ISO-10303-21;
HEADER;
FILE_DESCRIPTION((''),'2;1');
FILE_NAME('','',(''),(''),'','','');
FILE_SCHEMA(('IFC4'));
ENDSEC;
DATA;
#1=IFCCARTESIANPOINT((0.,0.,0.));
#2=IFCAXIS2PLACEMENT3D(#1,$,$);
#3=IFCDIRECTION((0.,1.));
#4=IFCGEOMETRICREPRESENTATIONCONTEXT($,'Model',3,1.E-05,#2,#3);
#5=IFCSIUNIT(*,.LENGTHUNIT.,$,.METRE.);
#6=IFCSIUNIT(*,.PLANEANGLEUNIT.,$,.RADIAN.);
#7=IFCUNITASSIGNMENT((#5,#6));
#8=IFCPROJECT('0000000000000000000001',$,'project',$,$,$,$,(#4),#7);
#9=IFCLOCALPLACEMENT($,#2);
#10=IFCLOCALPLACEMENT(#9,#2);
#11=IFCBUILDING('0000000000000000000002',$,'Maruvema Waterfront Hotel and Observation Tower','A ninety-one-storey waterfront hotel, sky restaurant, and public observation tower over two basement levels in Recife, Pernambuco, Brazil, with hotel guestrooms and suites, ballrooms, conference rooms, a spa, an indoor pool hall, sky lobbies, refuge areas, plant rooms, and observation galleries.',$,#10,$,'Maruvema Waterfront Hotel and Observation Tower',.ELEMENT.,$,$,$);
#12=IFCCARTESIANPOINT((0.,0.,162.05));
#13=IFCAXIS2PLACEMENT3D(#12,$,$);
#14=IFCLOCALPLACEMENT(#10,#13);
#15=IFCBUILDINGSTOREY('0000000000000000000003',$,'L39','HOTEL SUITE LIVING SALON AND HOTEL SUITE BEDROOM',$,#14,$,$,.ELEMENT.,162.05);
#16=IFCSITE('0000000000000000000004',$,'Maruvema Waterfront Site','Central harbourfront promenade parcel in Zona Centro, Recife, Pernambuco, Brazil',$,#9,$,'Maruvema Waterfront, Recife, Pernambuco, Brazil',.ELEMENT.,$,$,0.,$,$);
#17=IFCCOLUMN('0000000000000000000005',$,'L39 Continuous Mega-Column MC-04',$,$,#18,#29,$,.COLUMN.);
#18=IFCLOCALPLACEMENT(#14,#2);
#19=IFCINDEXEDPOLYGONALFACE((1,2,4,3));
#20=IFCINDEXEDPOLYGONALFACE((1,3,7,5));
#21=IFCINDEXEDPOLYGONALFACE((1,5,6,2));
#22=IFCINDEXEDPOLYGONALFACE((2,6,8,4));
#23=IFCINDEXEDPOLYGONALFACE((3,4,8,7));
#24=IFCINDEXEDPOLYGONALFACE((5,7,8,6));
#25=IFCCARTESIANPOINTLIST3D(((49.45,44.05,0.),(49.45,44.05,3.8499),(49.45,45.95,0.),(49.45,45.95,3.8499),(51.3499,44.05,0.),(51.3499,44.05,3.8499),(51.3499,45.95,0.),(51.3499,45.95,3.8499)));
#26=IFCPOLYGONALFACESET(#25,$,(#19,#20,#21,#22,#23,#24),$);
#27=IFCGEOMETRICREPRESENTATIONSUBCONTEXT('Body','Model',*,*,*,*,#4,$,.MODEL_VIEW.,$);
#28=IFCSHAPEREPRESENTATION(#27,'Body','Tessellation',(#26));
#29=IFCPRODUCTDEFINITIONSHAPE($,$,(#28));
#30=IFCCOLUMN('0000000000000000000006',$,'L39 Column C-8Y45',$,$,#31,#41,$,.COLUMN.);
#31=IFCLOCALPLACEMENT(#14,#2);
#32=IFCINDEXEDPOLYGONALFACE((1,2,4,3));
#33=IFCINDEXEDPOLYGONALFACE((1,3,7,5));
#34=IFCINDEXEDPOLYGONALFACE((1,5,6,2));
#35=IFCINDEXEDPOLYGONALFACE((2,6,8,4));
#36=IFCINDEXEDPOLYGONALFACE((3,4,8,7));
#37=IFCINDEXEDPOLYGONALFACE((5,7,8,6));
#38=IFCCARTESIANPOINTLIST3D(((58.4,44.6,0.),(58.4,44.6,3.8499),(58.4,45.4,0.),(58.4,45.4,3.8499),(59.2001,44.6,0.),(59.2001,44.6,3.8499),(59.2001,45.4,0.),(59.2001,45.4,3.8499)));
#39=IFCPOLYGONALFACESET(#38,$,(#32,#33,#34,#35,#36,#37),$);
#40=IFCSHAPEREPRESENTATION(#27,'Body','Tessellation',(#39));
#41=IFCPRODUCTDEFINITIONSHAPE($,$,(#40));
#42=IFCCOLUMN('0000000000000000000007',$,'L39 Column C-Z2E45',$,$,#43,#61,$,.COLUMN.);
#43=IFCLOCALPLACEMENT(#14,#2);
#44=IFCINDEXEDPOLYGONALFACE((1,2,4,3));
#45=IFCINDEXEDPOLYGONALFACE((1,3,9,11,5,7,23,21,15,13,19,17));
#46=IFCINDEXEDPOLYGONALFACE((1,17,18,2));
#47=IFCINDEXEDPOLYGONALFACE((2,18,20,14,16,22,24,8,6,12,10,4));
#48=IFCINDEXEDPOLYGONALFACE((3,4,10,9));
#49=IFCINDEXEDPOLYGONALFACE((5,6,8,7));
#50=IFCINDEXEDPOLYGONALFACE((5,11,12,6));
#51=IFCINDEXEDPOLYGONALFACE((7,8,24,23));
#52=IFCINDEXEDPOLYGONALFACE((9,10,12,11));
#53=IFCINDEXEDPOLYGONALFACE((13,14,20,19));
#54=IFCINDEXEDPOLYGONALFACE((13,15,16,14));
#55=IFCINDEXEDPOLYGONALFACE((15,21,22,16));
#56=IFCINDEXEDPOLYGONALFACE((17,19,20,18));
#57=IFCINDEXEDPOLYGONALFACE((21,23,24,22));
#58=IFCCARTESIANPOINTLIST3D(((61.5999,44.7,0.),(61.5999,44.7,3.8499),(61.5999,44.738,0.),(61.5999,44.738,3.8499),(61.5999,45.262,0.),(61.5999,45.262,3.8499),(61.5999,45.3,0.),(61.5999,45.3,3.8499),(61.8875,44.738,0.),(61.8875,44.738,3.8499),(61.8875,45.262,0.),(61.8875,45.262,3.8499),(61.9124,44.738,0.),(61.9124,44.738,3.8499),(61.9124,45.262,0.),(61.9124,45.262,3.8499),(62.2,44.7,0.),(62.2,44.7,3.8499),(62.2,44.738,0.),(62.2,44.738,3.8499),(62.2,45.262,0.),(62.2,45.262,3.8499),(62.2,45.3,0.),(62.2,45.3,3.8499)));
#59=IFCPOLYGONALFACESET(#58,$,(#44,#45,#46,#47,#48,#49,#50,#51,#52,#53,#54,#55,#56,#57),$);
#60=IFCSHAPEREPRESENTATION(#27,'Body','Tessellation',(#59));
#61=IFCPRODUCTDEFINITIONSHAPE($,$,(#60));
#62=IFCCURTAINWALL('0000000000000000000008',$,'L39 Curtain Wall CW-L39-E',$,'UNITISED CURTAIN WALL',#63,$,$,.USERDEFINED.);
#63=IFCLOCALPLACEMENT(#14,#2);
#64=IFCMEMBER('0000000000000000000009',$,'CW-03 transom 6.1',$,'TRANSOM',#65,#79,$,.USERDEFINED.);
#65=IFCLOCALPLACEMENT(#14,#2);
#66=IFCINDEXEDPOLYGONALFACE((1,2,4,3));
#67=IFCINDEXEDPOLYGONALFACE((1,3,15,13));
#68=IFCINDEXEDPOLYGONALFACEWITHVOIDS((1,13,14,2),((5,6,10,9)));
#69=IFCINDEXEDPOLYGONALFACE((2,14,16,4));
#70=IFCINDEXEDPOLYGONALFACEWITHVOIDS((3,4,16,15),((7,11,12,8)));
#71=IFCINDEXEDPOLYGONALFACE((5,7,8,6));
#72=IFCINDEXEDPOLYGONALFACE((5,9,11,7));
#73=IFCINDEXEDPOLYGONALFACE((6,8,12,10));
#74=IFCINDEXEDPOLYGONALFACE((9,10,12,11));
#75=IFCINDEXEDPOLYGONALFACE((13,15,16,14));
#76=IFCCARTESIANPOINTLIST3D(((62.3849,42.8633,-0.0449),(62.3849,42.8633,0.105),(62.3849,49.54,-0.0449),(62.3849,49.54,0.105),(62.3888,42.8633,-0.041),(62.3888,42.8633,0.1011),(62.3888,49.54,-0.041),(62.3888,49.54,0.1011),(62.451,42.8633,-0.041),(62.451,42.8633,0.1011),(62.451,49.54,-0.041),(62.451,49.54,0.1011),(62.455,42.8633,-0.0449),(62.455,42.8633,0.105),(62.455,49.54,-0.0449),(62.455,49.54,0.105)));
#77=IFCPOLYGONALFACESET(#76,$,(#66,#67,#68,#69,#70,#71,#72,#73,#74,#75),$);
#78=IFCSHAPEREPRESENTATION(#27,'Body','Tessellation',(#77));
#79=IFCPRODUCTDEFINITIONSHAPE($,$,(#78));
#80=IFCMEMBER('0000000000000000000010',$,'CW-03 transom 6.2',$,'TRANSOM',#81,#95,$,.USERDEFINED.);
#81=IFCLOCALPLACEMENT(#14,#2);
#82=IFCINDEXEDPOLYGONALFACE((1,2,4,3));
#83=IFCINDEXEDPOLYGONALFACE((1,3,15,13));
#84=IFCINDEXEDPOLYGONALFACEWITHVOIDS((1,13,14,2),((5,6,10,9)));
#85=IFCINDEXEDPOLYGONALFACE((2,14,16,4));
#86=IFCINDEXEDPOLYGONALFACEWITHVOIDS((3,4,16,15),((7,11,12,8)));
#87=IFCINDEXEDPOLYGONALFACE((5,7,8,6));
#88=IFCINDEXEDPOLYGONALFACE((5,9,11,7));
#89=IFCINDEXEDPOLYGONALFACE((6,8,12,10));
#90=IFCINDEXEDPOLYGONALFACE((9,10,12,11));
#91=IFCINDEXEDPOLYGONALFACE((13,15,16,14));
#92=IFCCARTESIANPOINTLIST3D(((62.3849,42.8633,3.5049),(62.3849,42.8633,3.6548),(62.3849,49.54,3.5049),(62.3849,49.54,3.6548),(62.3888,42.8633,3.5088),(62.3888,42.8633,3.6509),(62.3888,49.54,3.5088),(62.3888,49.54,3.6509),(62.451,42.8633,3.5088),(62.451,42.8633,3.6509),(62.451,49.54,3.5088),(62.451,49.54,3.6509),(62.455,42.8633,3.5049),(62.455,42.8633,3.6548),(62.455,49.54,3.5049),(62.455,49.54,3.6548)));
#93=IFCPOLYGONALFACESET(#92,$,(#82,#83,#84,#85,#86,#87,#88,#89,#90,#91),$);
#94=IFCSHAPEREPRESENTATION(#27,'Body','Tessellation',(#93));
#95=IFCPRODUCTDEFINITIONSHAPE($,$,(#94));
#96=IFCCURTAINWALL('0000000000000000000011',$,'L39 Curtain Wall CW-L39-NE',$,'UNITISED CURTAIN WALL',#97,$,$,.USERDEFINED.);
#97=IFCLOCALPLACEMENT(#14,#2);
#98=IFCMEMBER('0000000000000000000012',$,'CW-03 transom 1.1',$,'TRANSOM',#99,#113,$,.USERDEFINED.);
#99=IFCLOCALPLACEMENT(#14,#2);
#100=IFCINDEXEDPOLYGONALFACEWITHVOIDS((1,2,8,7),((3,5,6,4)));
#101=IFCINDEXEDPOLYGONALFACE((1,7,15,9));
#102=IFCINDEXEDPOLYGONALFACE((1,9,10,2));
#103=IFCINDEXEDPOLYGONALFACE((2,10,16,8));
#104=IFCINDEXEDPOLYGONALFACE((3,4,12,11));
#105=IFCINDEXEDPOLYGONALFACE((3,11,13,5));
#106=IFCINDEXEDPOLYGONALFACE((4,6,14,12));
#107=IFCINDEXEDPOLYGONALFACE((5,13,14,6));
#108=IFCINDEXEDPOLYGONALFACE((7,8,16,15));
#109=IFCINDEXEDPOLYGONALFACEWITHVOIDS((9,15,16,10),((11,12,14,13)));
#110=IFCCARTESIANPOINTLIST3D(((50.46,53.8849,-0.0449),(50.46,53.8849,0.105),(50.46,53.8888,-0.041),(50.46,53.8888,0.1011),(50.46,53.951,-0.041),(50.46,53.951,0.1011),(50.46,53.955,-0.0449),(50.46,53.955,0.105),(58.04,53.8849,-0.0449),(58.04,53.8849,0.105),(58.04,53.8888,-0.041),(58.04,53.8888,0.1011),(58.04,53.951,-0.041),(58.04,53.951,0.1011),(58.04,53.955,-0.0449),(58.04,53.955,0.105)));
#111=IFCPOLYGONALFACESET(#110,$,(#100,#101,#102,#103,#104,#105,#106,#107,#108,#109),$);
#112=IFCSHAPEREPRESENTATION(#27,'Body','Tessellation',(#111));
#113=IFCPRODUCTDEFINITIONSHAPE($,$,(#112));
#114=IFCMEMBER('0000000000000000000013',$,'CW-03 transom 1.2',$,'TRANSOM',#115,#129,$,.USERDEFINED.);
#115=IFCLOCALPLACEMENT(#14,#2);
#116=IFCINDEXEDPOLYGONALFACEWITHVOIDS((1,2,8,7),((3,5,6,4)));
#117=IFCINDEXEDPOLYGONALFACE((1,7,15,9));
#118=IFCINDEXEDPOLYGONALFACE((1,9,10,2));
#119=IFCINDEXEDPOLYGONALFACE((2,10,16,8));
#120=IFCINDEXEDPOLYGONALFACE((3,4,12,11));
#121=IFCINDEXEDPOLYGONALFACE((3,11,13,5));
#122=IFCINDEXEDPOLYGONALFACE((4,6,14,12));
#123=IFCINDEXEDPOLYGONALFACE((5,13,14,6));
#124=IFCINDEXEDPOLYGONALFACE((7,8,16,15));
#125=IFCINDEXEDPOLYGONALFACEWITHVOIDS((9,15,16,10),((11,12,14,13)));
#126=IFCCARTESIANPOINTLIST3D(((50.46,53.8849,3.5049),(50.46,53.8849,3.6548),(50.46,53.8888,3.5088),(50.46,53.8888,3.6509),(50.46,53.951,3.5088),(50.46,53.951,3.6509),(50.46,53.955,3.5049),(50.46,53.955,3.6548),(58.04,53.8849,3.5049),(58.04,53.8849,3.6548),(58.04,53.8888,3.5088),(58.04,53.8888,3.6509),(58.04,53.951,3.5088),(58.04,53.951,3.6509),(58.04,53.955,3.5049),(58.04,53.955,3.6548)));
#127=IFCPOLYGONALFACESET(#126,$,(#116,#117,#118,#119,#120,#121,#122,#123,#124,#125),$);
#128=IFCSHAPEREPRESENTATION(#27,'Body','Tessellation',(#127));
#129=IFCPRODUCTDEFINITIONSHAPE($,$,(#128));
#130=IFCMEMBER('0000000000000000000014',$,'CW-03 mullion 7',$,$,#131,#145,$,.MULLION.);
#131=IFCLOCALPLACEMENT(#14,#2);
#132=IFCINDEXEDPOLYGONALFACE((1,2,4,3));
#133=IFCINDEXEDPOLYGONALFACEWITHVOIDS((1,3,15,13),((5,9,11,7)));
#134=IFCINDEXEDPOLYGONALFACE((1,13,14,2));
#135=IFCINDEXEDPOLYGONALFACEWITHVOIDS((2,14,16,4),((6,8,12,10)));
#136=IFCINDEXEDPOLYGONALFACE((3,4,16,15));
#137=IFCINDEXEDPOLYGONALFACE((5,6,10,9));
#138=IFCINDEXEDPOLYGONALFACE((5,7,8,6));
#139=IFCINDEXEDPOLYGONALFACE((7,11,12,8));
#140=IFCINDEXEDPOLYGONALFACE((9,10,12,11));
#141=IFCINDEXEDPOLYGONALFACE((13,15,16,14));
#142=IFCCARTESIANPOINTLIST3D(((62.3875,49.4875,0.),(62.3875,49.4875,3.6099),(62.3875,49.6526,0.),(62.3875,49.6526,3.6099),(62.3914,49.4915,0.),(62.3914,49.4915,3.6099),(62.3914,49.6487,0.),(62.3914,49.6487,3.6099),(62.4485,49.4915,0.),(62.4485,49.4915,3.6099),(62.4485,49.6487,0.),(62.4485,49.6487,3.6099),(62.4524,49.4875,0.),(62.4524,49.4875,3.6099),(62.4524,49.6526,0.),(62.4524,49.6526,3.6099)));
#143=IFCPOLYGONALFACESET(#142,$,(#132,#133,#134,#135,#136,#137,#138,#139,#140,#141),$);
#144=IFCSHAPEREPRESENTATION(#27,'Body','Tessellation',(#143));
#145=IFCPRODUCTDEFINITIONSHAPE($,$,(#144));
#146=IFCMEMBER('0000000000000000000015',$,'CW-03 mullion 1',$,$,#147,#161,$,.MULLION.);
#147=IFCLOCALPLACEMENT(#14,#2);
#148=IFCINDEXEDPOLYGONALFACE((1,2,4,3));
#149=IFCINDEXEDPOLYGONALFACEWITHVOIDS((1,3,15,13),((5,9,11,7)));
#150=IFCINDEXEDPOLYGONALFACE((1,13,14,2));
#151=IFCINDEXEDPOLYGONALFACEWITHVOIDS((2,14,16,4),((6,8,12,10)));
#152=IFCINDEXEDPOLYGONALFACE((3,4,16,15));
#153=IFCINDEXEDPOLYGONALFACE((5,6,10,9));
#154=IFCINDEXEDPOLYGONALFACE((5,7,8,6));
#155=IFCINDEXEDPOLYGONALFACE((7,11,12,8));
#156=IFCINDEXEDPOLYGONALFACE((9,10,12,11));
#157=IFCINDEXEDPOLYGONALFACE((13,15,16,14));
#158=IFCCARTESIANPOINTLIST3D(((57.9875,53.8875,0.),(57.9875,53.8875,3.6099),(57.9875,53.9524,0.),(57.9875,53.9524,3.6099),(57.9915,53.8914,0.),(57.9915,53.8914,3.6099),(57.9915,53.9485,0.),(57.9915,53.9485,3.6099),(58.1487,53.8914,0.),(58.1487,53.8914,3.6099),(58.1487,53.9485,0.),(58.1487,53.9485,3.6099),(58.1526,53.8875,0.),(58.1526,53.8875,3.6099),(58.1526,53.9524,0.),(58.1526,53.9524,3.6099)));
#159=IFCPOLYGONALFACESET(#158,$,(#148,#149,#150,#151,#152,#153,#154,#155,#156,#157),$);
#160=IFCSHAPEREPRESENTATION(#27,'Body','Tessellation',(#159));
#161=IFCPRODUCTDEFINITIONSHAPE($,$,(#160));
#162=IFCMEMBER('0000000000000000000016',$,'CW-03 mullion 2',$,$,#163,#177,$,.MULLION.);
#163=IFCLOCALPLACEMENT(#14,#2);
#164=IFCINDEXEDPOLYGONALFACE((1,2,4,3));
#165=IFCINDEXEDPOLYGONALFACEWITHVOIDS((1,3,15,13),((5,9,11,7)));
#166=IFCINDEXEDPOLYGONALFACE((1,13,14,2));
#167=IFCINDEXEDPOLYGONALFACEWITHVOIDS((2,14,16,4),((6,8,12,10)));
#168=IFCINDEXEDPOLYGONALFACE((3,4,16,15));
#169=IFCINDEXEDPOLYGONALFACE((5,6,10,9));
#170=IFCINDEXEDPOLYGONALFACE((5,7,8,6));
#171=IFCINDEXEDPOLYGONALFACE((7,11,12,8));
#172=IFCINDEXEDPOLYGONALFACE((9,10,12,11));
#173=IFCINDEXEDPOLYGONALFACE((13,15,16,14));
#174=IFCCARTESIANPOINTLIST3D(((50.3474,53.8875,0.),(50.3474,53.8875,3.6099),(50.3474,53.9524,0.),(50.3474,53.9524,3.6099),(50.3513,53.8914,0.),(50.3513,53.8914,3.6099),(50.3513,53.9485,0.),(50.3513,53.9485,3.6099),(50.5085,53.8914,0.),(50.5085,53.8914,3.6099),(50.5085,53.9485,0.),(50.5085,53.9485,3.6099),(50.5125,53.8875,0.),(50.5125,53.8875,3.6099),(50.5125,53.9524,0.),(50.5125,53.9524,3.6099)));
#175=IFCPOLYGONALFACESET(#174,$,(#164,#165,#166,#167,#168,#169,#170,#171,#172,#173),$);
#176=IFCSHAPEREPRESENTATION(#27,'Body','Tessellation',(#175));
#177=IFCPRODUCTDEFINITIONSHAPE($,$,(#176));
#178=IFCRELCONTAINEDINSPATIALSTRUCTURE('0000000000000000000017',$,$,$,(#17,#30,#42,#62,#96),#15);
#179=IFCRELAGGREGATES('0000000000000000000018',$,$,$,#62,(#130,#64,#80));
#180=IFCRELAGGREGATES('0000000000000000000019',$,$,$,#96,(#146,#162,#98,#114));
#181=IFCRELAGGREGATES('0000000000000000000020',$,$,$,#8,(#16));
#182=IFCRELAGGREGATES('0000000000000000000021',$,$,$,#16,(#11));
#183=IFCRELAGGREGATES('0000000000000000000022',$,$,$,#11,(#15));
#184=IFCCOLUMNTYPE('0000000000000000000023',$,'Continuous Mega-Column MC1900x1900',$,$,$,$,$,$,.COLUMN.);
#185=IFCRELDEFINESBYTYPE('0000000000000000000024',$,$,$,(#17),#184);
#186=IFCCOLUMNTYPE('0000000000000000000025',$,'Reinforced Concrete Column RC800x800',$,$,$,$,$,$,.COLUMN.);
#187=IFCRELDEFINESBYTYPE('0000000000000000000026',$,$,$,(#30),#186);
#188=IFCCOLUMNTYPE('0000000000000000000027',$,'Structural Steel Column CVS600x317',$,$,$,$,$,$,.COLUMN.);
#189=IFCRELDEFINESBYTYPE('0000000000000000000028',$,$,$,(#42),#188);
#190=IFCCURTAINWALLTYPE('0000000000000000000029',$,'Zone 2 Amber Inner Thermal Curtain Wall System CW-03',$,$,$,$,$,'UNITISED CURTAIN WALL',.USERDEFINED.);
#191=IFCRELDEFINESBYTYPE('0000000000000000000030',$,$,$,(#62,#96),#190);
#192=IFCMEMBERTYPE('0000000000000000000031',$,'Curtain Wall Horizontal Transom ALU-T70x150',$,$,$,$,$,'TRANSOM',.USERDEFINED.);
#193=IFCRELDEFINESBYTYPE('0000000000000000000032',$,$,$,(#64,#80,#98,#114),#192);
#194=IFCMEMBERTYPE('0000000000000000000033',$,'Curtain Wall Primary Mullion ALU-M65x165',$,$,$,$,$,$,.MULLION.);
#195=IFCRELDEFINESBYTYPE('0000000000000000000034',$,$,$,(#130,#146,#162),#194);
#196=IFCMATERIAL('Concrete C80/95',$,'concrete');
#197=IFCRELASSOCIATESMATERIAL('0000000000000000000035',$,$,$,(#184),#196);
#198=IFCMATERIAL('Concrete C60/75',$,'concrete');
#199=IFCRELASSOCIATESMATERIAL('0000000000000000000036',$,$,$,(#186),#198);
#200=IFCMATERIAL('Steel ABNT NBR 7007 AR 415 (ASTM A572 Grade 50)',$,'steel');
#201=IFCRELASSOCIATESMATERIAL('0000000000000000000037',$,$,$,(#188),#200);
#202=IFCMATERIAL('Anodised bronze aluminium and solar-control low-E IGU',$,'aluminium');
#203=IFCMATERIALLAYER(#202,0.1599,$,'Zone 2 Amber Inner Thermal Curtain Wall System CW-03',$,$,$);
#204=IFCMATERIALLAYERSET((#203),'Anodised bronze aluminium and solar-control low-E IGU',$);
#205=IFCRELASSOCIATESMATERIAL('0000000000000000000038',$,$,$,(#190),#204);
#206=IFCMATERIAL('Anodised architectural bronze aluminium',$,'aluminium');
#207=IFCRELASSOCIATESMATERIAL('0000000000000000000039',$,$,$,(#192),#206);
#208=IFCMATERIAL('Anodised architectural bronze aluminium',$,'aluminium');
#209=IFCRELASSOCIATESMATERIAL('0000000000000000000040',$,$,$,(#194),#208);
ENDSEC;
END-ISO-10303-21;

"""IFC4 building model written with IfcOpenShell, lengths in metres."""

from ifc_helpers import new_model, si_unit, direction, frame, origin, origin_2d, place, context, subcontext, project, spatial, rectangle, hollow_rectangle, i_section, extrude, material, layer, layer_set, material_profile, profile_set, type_object, element, aggregate, save


model = new_model("IFC4")

# Units and contexts
model_context = context("Model", 3, precision=1e-05, world=origin(), true_north=direction((0.0, 1.0)))
body_context = subcontext(model_context, "Body", "Model", "MODEL_VIEW")
ifc_project = project(units=[si_unit("LENGTHUNIT", "METRE"), si_unit("PLANEANGLEUNIT", "RADIAN")], contexts=[model_context])

# Site, building, storey
site_placement = place(None, origin())
site = spatial("IfcSite", under=ifc_project, at=site_placement, Name="Maruvema Waterfront Site", Description="Central harbourfront promenade parcel in Zona Centro, Recife, Pernambuco, Brazil", LongName="Maruvema Waterfront, Recife, Pernambuco, Brazil", CompositionType="ELEMENT", RefElevation=0.0)
building_placement = place(site_placement, origin())
building = spatial("IfcBuilding", under=site, at=building_placement, Name="Maruvema Waterfront Hotel and Observation Tower", Description="A ninety-one-storey waterfront hotel, sky restaurant, and public observation tower over two basement levels in Recife, Pernambuco, Brazil, with hotel guestrooms and suites, ballrooms, conference rooms, a spa, an indoor pool hall, sky lobbies, refuge areas, plant rooms, and observation galleries.", LongName="Maruvema Waterfront Hotel and Observation Tower", CompositionType="ELEMENT")
storey_placement = place(building_placement, frame((0.0, 0.0, 162.05)))
storey = spatial("IfcBuildingStorey", under=building, at=storey_placement, Name="L39", Description="HOTEL SUITE LIVING SALON AND HOTEL SUITE BEDROOM", CompositionType="ELEMENT", Elevation=162.05)

# Columns
ifc_material_1 = material(Name="Concrete C80/95", Category="concrete")
ifc_material_profile_1 = material_profile(ifc_material_1, rectangle(XDim=1.8999, YDim=1.8999, at=origin_2d()), Name="MC1900x1900")
ifc_profile_set_1 = profile_set([ifc_material_profile_1], Name="Concrete C80/95")
column_type_1 = type_object("IfcColumnType", Name="Continuous Mega-Column MC1900x1900", PredefinedType="COLUMN", material=ifc_profile_set_1)
column_1_placement = place(storey_placement, frame((50.3999, 45.0, 0.0), z_axis=(0.0, 0.0, 1.0), x_axis=(1.0, 0.0, 0.0)))
element("IfcColumn", 1, at=column_1_placement, inside=storey, type_object=column_type_1, Name="L39 Continuous Mega-Column MC-04", PredefinedType="COLUMN", context=body_context, shape_type="SweptSolid", body=[
    extrude(rectangle(XDim=1.8999, YDim=1.8999, at=origin_2d()), origin(), (0.0, 0.0, 1.0), 3.8499),
])
ifc_material_2 = material(Name="Concrete C60/75", Category="concrete")
ifc_material_profile_2 = material_profile(ifc_material_2, rectangle(XDim=0.8, YDim=0.8, at=origin_2d()), Name="RC800x800")
ifc_profile_set_2 = profile_set([ifc_material_profile_2], Name="Concrete C60/75")
column_type_2 = type_object("IfcColumnType", Name="Reinforced Concrete Column RC800x800", PredefinedType="COLUMN", material=ifc_profile_set_2)
column_2_placement = place(storey_placement, frame((58.8, 45.0, 0.0), z_axis=(0.0, 0.0, 1.0), x_axis=(1.0, 0.0, 0.0)))
element("IfcColumn", 2, at=column_2_placement, inside=storey, type_object=column_type_2, Name="L39 Column C-8Y45", PredefinedType="COLUMN", context=body_context, shape_type="SweptSolid", body=[
    extrude(rectangle(XDim=0.8, YDim=0.8, at=origin_2d()), origin(), (0.0, 0.0, 1.0), 3.8499),
])
ifc_material_3 = material(Name="Steel ABNT NBR 7007 AR 415 (ASTM A572 Grade 50)", Category="steel")
ifc_material_profile_3 = material_profile(ifc_material_3, i_section(OverallWidth=0.6001, OverallDepth=0.6001, WebThickness=0.0249, FlangeThickness=0.0381, at=origin_2d()), Name="CVS600x317")
ifc_profile_set_3 = profile_set([ifc_material_profile_3], Name="Steel ABNT NBR 7007 AR 415 (ASTM A572 Grade 50)")
column_type_3 = type_object("IfcColumnType", Name="Structural Steel Column CVS600x317", PredefinedType="COLUMN", material=ifc_profile_set_3)
column_3_placement = place(storey_placement, frame((61.8999, 45.0, 0.0), z_axis=(0.0, 0.0, 1.0), x_axis=(1.0, 0.0, 0.0)))
element("IfcColumn", 3, at=column_3_placement, inside=storey, type_object=column_type_3, Name="L39 Column C-Z2E45", PredefinedType="COLUMN", context=body_context, shape_type="SweptSolid", body=[
    extrude(i_section(OverallWidth=0.6001, OverallDepth=0.6001, WebThickness=0.0249, FlangeThickness=0.0381, at=origin_2d()), origin(), (0.0, 0.0, 1.0), 3.8499),
])

# Curtain walls, members
ifc_material_4 = material(Name="Anodised bronze aluminium and solar-control low-E IGU", Category="aluminium")
ifc_layer_1 = layer(ifc_material_4, 0.1599, Name="Zone 2 Amber Inner Thermal Curtain Wall System CW-03")
ifc_layer_set_1 = layer_set([ifc_layer_1], Name="Anodised bronze aluminium and solar-control low-E IGU")
curtain_wall_type = type_object("IfcCurtainWallType", Name="Zone 2 Amber Inner Thermal Curtain Wall System CW-03", ElementType="UNITISED CURTAIN WALL", PredefinedType="USERDEFINED", material=ifc_layer_set_1)
curtain_wall_1_placement = place(storey_placement, origin())
curtain_wall_1 = element("IfcCurtainWall", 4, at=curtain_wall_1_placement, inside=storey, type_object=curtain_wall_type, Name="L39 Curtain Wall CW-L39-E", ObjectType="UNITISED CURTAIN WALL", PredefinedType="USERDEFINED")
ifc_material_5 = material(Name="Anodised architectural bronze aluminium", Category="aluminium")
ifc_material_profile_4 = material_profile(ifc_material_5, hollow_rectangle(XDim=0.0701, YDim=0.1499, WallThickness=0.0039, at=origin_2d()), Name="ALU-T70x150")
ifc_profile_set_4 = profile_set([ifc_material_profile_4], Name="Anodised architectural bronze aluminium")
member_type_1 = type_object("IfcMemberType", Name="Curtain Wall Horizontal Transom ALU-T70x150", ElementType="TRANSOM", PredefinedType="USERDEFINED", material=ifc_profile_set_4)
member_1_placement = place(storey_placement, frame((62.4199, 42.8633, 0.03), z_axis=(0.0, 1.0, 0.0), x_axis=(-1.0, 0.0, 0.0)))
member_1 = element("IfcMember", 5, at=member_1_placement, type_object=member_type_1, Name="CW-03 transom 6.1", ObjectType="TRANSOM", PredefinedType="USERDEFINED", context=body_context, shape_type="SweptSolid", body=[
    extrude(hollow_rectangle(XDim=0.0701, YDim=0.1499, WallThickness=0.0039, at=origin_2d()), origin(), (0.0, 0.0, 1.0), 6.6768),
])
member_2_placement = place(storey_placement, frame((62.4199, 42.8633, 3.5798), z_axis=(0.0, 1.0, 0.0), x_axis=(-1.0, 0.0, 0.0)))
member_2 = element("IfcMember", 6, at=member_2_placement, type_object=member_type_1, Name="CW-03 transom 6.2", ObjectType="TRANSOM", PredefinedType="USERDEFINED", context=body_context, shape_type="SweptSolid", body=[
    extrude(hollow_rectangle(XDim=0.0701, YDim=0.1499, WallThickness=0.0039, at=origin_2d()), origin(), (0.0, 0.0, 1.0), 6.6768),
])
curtain_wall_2_placement = place(storey_placement, origin())
curtain_wall_2 = element("IfcCurtainWall", 7, at=curtain_wall_2_placement, inside=storey, type_object=curtain_wall_type, Name="L39 Curtain Wall CW-L39-NE", ObjectType="UNITISED CURTAIN WALL", PredefinedType="USERDEFINED")
member_3_placement = place(storey_placement, frame((58.04, 53.9199, 0.03), z_axis=(-1.0, 0.0, 0.0), x_axis=(0.0, -1.0, 0.0)))
member_3 = element("IfcMember", 8, at=member_3_placement, type_object=member_type_1, Name="CW-03 transom 1.1", ObjectType="TRANSOM", PredefinedType="USERDEFINED", context=body_context, shape_type="SweptSolid", body=[
    extrude(hollow_rectangle(XDim=0.0701, YDim=0.1499, WallThickness=0.0039, at=origin_2d()), origin(), (0.0, 0.0, 1.0), 7.5801),
])
member_4_placement = place(storey_placement, frame((58.04, 53.9199, 3.5798), z_axis=(-1.0, 0.0, 0.0), x_axis=(0.0, -1.0, 0.0)))
member_4 = element("IfcMember", 9, at=member_4_placement, type_object=member_type_1, Name="CW-03 transom 1.2", ObjectType="TRANSOM", PredefinedType="USERDEFINED", context=body_context, shape_type="SweptSolid", body=[
    extrude(hollow_rectangle(XDim=0.0701, YDim=0.1499, WallThickness=0.0039, at=origin_2d()), origin(), (0.0, 0.0, 1.0), 7.5801),
])

# Members
ifc_material_6 = material(Name="Anodised architectural bronze aluminium", Category="aluminium")
ifc_material_profile_5 = material_profile(ifc_material_6, hollow_rectangle(XDim=0.0649, YDim=0.165, WallThickness=0.0039, at=origin_2d()), Name="ALU-M65x165")
ifc_profile_set_5 = profile_set([ifc_material_profile_5], Name="Anodised architectural bronze aluminium")
member_type_2 = type_object("IfcMemberType", Name="Curtain Wall Primary Mullion ALU-M65x165", PredefinedType="MULLION", material=ifc_profile_set_5)
member_5_placement = place(storey_placement, frame((62.4199, 49.5701, 0.0), z_axis=(0.0, 0.0, 1.0), x_axis=(-1.0, 0.0, 0.0)))
member_5 = element("IfcMember", 10, at=member_5_placement, type_object=member_type_2, Name="CW-03 mullion 7", PredefinedType="MULLION", context=body_context, shape_type="SweptSolid", body=[
    extrude(hollow_rectangle(XDim=0.0649, YDim=0.165, WallThickness=0.0039, at=origin_2d()), origin(), (0.0, 0.0, 1.0), 3.6099),
])
member_6_placement = place(storey_placement, frame((58.0701, 53.9199, 0.0), z_axis=(0.0, 0.0, 1.0), x_axis=(0.0, -1.0, 0.0)))
member_6 = element("IfcMember", 11, at=member_6_placement, type_object=member_type_2, Name="CW-03 mullion 1", PredefinedType="MULLION", context=body_context, shape_type="SweptSolid", body=[
    extrude(hollow_rectangle(XDim=0.0649, YDim=0.165, WallThickness=0.0039, at=origin_2d()), origin(), (0.0, 0.0, 1.0), 3.6099),
])
member_7_placement = place(storey_placement, frame((50.4299, 53.9199, 0.0), z_axis=(0.0, 0.0, 1.0), x_axis=(0.0, -1.0, 0.0)))
member_7 = element("IfcMember", 12, at=member_7_placement, type_object=member_type_2, Name="CW-03 mullion 2", PredefinedType="MULLION", context=body_context, shape_type="SweptSolid", body=[
    extrude(hollow_rectangle(XDim=0.0649, YDim=0.165, WallThickness=0.0039, at=origin_2d()), origin(), (0.0, 0.0, 1.0), 3.6099),
])

aggregate(curtain_wall_1, [member_5, member_1, member_2])
aggregate(curtain_wall_2, [member_6, member_7, member_3, member_4])

save(model, "model.ifc")
